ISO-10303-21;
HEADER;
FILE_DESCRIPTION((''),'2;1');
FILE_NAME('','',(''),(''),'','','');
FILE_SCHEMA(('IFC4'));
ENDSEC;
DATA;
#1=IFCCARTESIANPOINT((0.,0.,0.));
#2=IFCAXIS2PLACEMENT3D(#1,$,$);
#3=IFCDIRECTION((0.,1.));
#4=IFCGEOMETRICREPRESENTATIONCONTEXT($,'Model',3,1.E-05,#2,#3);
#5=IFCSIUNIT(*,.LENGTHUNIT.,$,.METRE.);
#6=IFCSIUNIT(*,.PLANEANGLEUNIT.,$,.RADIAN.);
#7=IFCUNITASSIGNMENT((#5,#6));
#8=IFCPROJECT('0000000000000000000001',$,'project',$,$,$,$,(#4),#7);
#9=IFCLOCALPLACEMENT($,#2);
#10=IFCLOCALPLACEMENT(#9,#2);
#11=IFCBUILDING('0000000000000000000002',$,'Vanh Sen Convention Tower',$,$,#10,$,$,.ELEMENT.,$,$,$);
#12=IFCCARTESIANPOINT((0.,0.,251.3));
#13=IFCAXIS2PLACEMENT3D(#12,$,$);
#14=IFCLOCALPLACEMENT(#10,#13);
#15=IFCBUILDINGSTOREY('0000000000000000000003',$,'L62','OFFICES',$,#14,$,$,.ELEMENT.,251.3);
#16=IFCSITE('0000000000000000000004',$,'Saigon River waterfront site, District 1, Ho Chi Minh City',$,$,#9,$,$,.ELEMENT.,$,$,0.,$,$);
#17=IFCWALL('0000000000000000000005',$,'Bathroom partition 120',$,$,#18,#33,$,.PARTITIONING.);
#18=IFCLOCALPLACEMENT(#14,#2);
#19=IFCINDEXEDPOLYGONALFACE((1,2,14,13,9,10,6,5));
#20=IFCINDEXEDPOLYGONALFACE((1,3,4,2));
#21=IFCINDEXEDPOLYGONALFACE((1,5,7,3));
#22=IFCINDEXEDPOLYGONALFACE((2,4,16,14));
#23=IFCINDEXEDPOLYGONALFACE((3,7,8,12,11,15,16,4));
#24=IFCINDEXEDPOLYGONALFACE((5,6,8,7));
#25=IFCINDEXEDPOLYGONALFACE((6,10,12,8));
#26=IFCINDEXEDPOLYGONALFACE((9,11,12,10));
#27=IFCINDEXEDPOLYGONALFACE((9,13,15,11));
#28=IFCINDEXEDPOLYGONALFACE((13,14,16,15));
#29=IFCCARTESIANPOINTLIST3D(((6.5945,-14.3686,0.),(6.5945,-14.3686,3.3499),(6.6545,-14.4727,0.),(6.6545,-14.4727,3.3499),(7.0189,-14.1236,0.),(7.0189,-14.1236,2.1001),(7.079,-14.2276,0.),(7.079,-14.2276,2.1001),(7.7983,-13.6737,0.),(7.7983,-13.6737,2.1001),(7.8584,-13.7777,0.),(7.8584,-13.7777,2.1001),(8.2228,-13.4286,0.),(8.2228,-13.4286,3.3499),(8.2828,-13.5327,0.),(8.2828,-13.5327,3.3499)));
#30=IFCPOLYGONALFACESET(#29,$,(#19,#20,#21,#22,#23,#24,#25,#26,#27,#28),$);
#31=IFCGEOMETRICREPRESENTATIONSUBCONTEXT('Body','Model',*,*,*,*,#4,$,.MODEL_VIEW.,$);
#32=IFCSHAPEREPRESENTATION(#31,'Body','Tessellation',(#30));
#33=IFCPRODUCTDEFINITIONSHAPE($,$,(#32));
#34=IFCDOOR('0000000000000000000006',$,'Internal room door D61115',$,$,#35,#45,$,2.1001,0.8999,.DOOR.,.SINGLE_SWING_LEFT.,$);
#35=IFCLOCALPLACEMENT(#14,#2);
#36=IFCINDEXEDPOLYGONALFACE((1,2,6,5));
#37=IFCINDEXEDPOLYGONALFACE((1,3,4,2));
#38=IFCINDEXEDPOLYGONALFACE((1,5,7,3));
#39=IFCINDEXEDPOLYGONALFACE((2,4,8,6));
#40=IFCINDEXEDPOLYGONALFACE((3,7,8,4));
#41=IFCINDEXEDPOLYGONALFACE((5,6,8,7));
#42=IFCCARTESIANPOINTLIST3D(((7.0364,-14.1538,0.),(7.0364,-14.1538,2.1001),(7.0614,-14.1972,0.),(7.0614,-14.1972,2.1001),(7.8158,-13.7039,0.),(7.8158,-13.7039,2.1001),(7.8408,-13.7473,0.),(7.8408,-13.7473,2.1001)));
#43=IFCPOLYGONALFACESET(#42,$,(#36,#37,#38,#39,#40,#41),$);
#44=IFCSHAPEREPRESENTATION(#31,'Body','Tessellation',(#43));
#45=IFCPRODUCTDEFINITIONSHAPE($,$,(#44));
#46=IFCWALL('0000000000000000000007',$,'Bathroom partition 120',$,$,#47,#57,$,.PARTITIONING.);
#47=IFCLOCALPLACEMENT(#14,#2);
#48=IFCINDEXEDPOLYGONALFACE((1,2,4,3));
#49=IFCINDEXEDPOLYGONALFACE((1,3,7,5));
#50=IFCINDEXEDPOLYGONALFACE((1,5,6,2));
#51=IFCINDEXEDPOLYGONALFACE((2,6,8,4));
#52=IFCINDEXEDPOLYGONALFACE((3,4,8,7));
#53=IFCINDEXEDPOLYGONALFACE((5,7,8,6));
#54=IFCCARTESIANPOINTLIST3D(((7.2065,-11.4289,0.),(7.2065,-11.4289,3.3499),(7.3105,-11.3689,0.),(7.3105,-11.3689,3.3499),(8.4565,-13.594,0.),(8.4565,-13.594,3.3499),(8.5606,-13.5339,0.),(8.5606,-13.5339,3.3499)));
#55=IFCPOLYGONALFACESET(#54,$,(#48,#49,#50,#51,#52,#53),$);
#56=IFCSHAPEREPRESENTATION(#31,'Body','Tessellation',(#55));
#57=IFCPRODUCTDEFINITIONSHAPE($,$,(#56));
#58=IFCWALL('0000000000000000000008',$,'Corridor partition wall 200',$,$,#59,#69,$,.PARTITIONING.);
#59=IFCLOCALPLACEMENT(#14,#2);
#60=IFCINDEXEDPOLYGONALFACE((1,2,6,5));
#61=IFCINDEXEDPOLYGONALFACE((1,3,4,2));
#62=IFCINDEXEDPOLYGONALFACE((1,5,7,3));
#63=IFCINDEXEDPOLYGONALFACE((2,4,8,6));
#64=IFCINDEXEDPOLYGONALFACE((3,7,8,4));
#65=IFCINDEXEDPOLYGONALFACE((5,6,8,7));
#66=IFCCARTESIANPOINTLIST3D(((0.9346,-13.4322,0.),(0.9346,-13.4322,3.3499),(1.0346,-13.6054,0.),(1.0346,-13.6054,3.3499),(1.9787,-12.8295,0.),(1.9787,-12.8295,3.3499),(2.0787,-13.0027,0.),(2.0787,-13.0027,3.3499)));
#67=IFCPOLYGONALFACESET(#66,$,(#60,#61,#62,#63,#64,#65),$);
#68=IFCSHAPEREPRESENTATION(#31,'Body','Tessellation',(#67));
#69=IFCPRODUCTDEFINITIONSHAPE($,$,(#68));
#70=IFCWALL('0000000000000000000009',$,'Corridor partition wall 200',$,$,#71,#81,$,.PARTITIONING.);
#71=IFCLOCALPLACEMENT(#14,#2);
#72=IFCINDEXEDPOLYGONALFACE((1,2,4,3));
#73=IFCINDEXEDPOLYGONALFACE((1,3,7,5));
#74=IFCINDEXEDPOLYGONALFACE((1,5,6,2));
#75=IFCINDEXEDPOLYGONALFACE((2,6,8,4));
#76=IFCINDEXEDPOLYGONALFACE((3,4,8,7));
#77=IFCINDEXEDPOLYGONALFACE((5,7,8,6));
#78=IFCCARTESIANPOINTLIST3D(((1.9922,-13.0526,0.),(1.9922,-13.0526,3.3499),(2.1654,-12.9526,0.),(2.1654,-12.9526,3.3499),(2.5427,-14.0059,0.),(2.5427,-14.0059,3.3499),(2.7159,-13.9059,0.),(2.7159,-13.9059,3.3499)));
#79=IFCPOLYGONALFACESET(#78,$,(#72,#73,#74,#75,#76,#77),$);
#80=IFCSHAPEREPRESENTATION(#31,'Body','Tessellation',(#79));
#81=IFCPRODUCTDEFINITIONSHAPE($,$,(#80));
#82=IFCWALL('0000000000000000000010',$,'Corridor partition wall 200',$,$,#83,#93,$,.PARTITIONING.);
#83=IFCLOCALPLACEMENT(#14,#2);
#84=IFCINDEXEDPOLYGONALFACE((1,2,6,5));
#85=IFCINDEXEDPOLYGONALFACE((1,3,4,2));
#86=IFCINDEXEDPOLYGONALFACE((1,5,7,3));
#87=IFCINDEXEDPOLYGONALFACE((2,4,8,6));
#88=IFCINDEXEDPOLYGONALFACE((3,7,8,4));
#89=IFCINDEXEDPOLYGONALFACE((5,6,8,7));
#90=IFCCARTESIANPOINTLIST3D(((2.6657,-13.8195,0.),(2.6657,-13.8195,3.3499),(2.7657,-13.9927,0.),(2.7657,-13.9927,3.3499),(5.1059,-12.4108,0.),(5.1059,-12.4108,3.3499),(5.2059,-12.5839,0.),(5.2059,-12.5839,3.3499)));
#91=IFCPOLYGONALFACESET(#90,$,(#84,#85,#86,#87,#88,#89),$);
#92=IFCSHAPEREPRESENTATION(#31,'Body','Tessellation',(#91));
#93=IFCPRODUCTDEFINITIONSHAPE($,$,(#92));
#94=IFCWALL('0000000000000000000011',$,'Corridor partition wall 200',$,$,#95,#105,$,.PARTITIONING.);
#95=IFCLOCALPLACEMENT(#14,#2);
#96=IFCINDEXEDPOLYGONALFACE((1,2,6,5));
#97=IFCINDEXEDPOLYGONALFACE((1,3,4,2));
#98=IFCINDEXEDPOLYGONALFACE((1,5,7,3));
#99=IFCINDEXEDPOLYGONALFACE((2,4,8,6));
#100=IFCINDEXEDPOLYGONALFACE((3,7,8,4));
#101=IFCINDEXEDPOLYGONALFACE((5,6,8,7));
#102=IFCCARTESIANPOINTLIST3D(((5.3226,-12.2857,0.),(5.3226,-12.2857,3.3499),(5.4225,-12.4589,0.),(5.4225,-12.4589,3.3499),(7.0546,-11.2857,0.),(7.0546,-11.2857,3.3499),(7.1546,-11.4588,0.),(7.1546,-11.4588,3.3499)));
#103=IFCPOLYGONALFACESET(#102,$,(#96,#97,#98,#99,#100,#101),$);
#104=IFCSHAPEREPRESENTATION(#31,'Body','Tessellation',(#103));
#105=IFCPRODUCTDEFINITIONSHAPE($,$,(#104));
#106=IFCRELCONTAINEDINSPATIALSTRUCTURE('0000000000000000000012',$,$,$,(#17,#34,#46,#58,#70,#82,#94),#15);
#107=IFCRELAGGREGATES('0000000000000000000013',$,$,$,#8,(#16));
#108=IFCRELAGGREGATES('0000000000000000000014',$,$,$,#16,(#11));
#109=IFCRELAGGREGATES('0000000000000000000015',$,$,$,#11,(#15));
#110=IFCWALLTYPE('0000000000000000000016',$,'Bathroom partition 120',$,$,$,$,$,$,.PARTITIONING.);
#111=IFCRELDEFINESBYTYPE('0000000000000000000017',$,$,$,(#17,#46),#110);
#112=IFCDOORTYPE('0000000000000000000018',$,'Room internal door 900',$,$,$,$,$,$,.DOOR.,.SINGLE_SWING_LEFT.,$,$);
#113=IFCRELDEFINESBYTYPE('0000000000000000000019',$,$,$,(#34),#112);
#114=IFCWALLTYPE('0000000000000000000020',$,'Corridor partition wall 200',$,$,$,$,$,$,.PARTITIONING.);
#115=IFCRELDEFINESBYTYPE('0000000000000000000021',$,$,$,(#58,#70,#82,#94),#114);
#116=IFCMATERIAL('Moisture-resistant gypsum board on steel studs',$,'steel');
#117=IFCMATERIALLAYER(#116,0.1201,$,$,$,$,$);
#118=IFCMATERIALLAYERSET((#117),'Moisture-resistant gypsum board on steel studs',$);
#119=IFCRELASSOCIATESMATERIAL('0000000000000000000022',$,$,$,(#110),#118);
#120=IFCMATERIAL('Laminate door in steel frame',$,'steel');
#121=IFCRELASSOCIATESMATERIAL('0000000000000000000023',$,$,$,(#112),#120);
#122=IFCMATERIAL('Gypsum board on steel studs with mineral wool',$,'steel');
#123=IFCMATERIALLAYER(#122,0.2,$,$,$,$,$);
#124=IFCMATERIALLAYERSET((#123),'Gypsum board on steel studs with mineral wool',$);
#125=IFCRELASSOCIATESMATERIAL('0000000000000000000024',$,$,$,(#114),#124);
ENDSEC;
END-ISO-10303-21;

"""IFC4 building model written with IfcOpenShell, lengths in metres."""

from ifc_helpers import new_model, si_unit, direction, frame, frame_2d, origin, place, context, subcontext, project, spatial, rectangle, extrude, material, layer, layer_set, type_object, element, fill, save


model = new_model("IFC4")

# Units and contexts
model_context = context("Model", 3, precision=1e-05, world=origin(), true_north=direction((0.0, 1.0)))
body_context = subcontext(model_context, "Body", "Model", "MODEL_VIEW")
ifc_project = project(units=[si_unit("LENGTHUNIT", "METRE"), si_unit("PLANEANGLEUNIT", "RADIAN")], contexts=[model_context])

# Site, building, storey
site_placement = place(None, origin())
site = spatial("IfcSite", under=ifc_project, at=site_placement, Name="Saigon River waterfront site, District 1, Ho Chi Minh City", CompositionType="ELEMENT", RefElevation=0.0)
building_placement = place(site_placement, origin())
building = spatial("IfcBuilding", under=site, at=building_placement, Name="Vanh Sen Convention Tower", CompositionType="ELEMENT")
storey_placement = place(building_placement, frame((0.0, 0.0, 251.3)))
storey = spatial("IfcBuildingStorey", under=building, at=storey_placement, Name="L62", Description="OFFICES", CompositionType="ELEMENT", Elevation=251.3)

# Shared definitions
ifc_material_1 = material(Name="Moisture-resistant gypsum board on steel studs", Category="steel")
ifc_layer_1 = layer(ifc_material_1, 0.1201)
ifc_layer_set_1 = layer_set([ifc_layer_1], Name="Moisture-resistant gypsum board on steel studs")
wall_type_1 = type_object("IfcWallType", Name="Bathroom partition 120", PredefinedType="PARTITIONING", material=ifc_layer_set_1)

# Wall, opening, door
wall_1_placement = place(storey_placement, frame((8.2527, -13.4807, 0.0), z_axis=(0.0, 0.0, 1.0), x_axis=(-0.866045, -0.499966, 0.0)))
wall_1 = element("IfcWall", 1, at=wall_1_placement, inside=storey, type_object=wall_type_1, Name="Bathroom partition 120", PredefinedType="PARTITIONING", context=body_context, shape_type="SweptSolid", body=[
    extrude(rectangle(XDim=1.8801, YDim=0.1201, at=frame_2d((0.9399, 0.0))), origin(), (0.0, 0.0, 1.0), 3.3499),
])
opening_1_placement = place(wall_1_placement, frame((0.49, 0.0, 0.0)))
opening_1 = element("IfcOpeningElement", 2, at=opening_1_placement, cuts=wall_1, PredefinedType="OPENING", context=body_context, shape_type="SweptSolid", body=[
    extrude(rectangle(XDim=0.8999, YDim=2.1001, at=frame_2d((0.45, 1.05))), frame((0.0, 0.0701, 0.0), z_axis=(0.0, -1.0, 0.0), x_axis=(1.0, 0.0, 0.0)), (0.0, 0.0, 1.0), 0.1401),
])
ifc_material_2 = material(Name="Laminate door in steel frame", Category="steel")
door_type = type_object("IfcDoorType", Name="Room internal door 900", OperationType="SINGLE_SWING_LEFT", PredefinedType="DOOR", material=ifc_material_2)
door_placement = place(opening_1_placement, origin())
door = element("IfcDoor", 3, at=door_placement, inside=storey, type_object=door_type, Name="Internal room door D61115", OperationType="SINGLE_SWING_LEFT", OverallHeight=2.1001, OverallWidth=0.8999, PredefinedType="DOOR", context=body_context, shape_type="SweptSolid", body=[
    extrude(rectangle(XDim=0.8999, YDim=2.1001, at=frame_2d((0.45, 1.05))), frame((0.0, 0.0249, 0.0), z_axis=(0.0, -1.0, 0.0), x_axis=(1.0, 0.0, 0.0)), (0.0, 0.0, 1.0), 0.05),
])
fill(opening_1, door)

# Walls
wall_2_placement = place(storey_placement, frame((8.5085, -13.564, 0.0), z_axis=(0.0, 0.0, 1.0), x_axis=(-0.500004, 0.866023, 0.0)))
element("IfcWall", 4, at=wall_2_placement, inside=storey, type_object=wall_type_1, Name="Bathroom partition 120", PredefinedType="PARTITIONING", context=body_context, shape_type="SweptSolid", body=[
    extrude(rectangle(XDim=2.5, YDim=0.1201, at=frame_2d((1.25, 0.0))), origin(), (0.0, 0.0, 1.0), 3.3499),
])
ifc_material_3 = material(Name="Gypsum board on steel studs with mineral wool", Category="steel")
ifc_layer_2 = layer(ifc_material_3, 0.2)
ifc_layer_set_2 = layer_set([ifc_layer_2], Name="Gypsum board on steel studs with mineral wool")
wall_type_2 = type_object("IfcWallType", Name="Corridor partition wall 200", PredefinedType="PARTITIONING", material=ifc_layer_set_2)
wall_3_placement = place(storey_placement, frame((0.9846, -13.5188, 0.0), z_axis=(0.0, 0.0, 1.0), x_axis=(0.866054, 0.49995, 0.0)))
element("IfcWall", 5, at=wall_3_placement, inside=storey, type_object=wall_type_2, Name="Corridor partition wall 200", PredefinedType="PARTITIONING", context=body_context, shape_type="SweptSolid", body=[
    extrude(rectangle(XDim=1.2056, YDim=0.2, at=frame_2d((0.6028, 0.0))), origin(), (0.0, 0.0, 1.0), 3.3499),
])
wall_4_placement = place(storey_placement, frame((2.0789, -13.0027, 0.0), z_axis=(0.0, 0.0, 1.0), x_axis=(0.500074, -0.865982, 0.0)))
element("IfcWall", 6, at=wall_4_placement, inside=storey, type_object=wall_type_2, Name="Corridor partition wall 200", PredefinedType="PARTITIONING", context=body_context, shape_type="SweptSolid", body=[
    extrude(rectangle(XDim=1.1008, YDim=0.2, at=frame_2d((0.5503, 0.0))), origin(), (0.0, 0.0, 1.0), 3.3499),
])
wall_5_placement = place(storey_placement, frame((2.7158, -13.906, 0.0), z_axis=(0.0, 0.0, 1.0), x_axis=(0.866049, 0.49996, 0.0)))
element("IfcWall", 7, at=wall_5_placement, inside=storey, type_object=wall_type_2, Name="Corridor partition wall 200", PredefinedType="PARTITIONING", context=body_context, shape_type="SweptSolid", body=[
    extrude(rectangle(XDim=2.8176, YDim=0.2, at=frame_2d((1.4087, 0.0))), origin(), (0.0, 0.0, 1.0), 3.3499),
])
wall_6_placement = place(storey_placement, frame((5.3726, -12.3723, 0.0), z_axis=(0.0, 0.0, 1.0), x_axis=(0.866011, 0.500025, 0.0)))
element("IfcWall", 8, at=wall_6_placement, inside=storey, type_object=wall_type_2, Name="Corridor partition wall 200", PredefinedType="PARTITIONING", context=body_context, shape_type="SweptSolid", body=[
    extrude(rectangle(XDim=2.0, YDim=0.2, at=frame_2d((1.0, 0.0))), origin(), (0.0, 0.0, 1.0), 3.3499),
])

save(model, "model.ifc")
